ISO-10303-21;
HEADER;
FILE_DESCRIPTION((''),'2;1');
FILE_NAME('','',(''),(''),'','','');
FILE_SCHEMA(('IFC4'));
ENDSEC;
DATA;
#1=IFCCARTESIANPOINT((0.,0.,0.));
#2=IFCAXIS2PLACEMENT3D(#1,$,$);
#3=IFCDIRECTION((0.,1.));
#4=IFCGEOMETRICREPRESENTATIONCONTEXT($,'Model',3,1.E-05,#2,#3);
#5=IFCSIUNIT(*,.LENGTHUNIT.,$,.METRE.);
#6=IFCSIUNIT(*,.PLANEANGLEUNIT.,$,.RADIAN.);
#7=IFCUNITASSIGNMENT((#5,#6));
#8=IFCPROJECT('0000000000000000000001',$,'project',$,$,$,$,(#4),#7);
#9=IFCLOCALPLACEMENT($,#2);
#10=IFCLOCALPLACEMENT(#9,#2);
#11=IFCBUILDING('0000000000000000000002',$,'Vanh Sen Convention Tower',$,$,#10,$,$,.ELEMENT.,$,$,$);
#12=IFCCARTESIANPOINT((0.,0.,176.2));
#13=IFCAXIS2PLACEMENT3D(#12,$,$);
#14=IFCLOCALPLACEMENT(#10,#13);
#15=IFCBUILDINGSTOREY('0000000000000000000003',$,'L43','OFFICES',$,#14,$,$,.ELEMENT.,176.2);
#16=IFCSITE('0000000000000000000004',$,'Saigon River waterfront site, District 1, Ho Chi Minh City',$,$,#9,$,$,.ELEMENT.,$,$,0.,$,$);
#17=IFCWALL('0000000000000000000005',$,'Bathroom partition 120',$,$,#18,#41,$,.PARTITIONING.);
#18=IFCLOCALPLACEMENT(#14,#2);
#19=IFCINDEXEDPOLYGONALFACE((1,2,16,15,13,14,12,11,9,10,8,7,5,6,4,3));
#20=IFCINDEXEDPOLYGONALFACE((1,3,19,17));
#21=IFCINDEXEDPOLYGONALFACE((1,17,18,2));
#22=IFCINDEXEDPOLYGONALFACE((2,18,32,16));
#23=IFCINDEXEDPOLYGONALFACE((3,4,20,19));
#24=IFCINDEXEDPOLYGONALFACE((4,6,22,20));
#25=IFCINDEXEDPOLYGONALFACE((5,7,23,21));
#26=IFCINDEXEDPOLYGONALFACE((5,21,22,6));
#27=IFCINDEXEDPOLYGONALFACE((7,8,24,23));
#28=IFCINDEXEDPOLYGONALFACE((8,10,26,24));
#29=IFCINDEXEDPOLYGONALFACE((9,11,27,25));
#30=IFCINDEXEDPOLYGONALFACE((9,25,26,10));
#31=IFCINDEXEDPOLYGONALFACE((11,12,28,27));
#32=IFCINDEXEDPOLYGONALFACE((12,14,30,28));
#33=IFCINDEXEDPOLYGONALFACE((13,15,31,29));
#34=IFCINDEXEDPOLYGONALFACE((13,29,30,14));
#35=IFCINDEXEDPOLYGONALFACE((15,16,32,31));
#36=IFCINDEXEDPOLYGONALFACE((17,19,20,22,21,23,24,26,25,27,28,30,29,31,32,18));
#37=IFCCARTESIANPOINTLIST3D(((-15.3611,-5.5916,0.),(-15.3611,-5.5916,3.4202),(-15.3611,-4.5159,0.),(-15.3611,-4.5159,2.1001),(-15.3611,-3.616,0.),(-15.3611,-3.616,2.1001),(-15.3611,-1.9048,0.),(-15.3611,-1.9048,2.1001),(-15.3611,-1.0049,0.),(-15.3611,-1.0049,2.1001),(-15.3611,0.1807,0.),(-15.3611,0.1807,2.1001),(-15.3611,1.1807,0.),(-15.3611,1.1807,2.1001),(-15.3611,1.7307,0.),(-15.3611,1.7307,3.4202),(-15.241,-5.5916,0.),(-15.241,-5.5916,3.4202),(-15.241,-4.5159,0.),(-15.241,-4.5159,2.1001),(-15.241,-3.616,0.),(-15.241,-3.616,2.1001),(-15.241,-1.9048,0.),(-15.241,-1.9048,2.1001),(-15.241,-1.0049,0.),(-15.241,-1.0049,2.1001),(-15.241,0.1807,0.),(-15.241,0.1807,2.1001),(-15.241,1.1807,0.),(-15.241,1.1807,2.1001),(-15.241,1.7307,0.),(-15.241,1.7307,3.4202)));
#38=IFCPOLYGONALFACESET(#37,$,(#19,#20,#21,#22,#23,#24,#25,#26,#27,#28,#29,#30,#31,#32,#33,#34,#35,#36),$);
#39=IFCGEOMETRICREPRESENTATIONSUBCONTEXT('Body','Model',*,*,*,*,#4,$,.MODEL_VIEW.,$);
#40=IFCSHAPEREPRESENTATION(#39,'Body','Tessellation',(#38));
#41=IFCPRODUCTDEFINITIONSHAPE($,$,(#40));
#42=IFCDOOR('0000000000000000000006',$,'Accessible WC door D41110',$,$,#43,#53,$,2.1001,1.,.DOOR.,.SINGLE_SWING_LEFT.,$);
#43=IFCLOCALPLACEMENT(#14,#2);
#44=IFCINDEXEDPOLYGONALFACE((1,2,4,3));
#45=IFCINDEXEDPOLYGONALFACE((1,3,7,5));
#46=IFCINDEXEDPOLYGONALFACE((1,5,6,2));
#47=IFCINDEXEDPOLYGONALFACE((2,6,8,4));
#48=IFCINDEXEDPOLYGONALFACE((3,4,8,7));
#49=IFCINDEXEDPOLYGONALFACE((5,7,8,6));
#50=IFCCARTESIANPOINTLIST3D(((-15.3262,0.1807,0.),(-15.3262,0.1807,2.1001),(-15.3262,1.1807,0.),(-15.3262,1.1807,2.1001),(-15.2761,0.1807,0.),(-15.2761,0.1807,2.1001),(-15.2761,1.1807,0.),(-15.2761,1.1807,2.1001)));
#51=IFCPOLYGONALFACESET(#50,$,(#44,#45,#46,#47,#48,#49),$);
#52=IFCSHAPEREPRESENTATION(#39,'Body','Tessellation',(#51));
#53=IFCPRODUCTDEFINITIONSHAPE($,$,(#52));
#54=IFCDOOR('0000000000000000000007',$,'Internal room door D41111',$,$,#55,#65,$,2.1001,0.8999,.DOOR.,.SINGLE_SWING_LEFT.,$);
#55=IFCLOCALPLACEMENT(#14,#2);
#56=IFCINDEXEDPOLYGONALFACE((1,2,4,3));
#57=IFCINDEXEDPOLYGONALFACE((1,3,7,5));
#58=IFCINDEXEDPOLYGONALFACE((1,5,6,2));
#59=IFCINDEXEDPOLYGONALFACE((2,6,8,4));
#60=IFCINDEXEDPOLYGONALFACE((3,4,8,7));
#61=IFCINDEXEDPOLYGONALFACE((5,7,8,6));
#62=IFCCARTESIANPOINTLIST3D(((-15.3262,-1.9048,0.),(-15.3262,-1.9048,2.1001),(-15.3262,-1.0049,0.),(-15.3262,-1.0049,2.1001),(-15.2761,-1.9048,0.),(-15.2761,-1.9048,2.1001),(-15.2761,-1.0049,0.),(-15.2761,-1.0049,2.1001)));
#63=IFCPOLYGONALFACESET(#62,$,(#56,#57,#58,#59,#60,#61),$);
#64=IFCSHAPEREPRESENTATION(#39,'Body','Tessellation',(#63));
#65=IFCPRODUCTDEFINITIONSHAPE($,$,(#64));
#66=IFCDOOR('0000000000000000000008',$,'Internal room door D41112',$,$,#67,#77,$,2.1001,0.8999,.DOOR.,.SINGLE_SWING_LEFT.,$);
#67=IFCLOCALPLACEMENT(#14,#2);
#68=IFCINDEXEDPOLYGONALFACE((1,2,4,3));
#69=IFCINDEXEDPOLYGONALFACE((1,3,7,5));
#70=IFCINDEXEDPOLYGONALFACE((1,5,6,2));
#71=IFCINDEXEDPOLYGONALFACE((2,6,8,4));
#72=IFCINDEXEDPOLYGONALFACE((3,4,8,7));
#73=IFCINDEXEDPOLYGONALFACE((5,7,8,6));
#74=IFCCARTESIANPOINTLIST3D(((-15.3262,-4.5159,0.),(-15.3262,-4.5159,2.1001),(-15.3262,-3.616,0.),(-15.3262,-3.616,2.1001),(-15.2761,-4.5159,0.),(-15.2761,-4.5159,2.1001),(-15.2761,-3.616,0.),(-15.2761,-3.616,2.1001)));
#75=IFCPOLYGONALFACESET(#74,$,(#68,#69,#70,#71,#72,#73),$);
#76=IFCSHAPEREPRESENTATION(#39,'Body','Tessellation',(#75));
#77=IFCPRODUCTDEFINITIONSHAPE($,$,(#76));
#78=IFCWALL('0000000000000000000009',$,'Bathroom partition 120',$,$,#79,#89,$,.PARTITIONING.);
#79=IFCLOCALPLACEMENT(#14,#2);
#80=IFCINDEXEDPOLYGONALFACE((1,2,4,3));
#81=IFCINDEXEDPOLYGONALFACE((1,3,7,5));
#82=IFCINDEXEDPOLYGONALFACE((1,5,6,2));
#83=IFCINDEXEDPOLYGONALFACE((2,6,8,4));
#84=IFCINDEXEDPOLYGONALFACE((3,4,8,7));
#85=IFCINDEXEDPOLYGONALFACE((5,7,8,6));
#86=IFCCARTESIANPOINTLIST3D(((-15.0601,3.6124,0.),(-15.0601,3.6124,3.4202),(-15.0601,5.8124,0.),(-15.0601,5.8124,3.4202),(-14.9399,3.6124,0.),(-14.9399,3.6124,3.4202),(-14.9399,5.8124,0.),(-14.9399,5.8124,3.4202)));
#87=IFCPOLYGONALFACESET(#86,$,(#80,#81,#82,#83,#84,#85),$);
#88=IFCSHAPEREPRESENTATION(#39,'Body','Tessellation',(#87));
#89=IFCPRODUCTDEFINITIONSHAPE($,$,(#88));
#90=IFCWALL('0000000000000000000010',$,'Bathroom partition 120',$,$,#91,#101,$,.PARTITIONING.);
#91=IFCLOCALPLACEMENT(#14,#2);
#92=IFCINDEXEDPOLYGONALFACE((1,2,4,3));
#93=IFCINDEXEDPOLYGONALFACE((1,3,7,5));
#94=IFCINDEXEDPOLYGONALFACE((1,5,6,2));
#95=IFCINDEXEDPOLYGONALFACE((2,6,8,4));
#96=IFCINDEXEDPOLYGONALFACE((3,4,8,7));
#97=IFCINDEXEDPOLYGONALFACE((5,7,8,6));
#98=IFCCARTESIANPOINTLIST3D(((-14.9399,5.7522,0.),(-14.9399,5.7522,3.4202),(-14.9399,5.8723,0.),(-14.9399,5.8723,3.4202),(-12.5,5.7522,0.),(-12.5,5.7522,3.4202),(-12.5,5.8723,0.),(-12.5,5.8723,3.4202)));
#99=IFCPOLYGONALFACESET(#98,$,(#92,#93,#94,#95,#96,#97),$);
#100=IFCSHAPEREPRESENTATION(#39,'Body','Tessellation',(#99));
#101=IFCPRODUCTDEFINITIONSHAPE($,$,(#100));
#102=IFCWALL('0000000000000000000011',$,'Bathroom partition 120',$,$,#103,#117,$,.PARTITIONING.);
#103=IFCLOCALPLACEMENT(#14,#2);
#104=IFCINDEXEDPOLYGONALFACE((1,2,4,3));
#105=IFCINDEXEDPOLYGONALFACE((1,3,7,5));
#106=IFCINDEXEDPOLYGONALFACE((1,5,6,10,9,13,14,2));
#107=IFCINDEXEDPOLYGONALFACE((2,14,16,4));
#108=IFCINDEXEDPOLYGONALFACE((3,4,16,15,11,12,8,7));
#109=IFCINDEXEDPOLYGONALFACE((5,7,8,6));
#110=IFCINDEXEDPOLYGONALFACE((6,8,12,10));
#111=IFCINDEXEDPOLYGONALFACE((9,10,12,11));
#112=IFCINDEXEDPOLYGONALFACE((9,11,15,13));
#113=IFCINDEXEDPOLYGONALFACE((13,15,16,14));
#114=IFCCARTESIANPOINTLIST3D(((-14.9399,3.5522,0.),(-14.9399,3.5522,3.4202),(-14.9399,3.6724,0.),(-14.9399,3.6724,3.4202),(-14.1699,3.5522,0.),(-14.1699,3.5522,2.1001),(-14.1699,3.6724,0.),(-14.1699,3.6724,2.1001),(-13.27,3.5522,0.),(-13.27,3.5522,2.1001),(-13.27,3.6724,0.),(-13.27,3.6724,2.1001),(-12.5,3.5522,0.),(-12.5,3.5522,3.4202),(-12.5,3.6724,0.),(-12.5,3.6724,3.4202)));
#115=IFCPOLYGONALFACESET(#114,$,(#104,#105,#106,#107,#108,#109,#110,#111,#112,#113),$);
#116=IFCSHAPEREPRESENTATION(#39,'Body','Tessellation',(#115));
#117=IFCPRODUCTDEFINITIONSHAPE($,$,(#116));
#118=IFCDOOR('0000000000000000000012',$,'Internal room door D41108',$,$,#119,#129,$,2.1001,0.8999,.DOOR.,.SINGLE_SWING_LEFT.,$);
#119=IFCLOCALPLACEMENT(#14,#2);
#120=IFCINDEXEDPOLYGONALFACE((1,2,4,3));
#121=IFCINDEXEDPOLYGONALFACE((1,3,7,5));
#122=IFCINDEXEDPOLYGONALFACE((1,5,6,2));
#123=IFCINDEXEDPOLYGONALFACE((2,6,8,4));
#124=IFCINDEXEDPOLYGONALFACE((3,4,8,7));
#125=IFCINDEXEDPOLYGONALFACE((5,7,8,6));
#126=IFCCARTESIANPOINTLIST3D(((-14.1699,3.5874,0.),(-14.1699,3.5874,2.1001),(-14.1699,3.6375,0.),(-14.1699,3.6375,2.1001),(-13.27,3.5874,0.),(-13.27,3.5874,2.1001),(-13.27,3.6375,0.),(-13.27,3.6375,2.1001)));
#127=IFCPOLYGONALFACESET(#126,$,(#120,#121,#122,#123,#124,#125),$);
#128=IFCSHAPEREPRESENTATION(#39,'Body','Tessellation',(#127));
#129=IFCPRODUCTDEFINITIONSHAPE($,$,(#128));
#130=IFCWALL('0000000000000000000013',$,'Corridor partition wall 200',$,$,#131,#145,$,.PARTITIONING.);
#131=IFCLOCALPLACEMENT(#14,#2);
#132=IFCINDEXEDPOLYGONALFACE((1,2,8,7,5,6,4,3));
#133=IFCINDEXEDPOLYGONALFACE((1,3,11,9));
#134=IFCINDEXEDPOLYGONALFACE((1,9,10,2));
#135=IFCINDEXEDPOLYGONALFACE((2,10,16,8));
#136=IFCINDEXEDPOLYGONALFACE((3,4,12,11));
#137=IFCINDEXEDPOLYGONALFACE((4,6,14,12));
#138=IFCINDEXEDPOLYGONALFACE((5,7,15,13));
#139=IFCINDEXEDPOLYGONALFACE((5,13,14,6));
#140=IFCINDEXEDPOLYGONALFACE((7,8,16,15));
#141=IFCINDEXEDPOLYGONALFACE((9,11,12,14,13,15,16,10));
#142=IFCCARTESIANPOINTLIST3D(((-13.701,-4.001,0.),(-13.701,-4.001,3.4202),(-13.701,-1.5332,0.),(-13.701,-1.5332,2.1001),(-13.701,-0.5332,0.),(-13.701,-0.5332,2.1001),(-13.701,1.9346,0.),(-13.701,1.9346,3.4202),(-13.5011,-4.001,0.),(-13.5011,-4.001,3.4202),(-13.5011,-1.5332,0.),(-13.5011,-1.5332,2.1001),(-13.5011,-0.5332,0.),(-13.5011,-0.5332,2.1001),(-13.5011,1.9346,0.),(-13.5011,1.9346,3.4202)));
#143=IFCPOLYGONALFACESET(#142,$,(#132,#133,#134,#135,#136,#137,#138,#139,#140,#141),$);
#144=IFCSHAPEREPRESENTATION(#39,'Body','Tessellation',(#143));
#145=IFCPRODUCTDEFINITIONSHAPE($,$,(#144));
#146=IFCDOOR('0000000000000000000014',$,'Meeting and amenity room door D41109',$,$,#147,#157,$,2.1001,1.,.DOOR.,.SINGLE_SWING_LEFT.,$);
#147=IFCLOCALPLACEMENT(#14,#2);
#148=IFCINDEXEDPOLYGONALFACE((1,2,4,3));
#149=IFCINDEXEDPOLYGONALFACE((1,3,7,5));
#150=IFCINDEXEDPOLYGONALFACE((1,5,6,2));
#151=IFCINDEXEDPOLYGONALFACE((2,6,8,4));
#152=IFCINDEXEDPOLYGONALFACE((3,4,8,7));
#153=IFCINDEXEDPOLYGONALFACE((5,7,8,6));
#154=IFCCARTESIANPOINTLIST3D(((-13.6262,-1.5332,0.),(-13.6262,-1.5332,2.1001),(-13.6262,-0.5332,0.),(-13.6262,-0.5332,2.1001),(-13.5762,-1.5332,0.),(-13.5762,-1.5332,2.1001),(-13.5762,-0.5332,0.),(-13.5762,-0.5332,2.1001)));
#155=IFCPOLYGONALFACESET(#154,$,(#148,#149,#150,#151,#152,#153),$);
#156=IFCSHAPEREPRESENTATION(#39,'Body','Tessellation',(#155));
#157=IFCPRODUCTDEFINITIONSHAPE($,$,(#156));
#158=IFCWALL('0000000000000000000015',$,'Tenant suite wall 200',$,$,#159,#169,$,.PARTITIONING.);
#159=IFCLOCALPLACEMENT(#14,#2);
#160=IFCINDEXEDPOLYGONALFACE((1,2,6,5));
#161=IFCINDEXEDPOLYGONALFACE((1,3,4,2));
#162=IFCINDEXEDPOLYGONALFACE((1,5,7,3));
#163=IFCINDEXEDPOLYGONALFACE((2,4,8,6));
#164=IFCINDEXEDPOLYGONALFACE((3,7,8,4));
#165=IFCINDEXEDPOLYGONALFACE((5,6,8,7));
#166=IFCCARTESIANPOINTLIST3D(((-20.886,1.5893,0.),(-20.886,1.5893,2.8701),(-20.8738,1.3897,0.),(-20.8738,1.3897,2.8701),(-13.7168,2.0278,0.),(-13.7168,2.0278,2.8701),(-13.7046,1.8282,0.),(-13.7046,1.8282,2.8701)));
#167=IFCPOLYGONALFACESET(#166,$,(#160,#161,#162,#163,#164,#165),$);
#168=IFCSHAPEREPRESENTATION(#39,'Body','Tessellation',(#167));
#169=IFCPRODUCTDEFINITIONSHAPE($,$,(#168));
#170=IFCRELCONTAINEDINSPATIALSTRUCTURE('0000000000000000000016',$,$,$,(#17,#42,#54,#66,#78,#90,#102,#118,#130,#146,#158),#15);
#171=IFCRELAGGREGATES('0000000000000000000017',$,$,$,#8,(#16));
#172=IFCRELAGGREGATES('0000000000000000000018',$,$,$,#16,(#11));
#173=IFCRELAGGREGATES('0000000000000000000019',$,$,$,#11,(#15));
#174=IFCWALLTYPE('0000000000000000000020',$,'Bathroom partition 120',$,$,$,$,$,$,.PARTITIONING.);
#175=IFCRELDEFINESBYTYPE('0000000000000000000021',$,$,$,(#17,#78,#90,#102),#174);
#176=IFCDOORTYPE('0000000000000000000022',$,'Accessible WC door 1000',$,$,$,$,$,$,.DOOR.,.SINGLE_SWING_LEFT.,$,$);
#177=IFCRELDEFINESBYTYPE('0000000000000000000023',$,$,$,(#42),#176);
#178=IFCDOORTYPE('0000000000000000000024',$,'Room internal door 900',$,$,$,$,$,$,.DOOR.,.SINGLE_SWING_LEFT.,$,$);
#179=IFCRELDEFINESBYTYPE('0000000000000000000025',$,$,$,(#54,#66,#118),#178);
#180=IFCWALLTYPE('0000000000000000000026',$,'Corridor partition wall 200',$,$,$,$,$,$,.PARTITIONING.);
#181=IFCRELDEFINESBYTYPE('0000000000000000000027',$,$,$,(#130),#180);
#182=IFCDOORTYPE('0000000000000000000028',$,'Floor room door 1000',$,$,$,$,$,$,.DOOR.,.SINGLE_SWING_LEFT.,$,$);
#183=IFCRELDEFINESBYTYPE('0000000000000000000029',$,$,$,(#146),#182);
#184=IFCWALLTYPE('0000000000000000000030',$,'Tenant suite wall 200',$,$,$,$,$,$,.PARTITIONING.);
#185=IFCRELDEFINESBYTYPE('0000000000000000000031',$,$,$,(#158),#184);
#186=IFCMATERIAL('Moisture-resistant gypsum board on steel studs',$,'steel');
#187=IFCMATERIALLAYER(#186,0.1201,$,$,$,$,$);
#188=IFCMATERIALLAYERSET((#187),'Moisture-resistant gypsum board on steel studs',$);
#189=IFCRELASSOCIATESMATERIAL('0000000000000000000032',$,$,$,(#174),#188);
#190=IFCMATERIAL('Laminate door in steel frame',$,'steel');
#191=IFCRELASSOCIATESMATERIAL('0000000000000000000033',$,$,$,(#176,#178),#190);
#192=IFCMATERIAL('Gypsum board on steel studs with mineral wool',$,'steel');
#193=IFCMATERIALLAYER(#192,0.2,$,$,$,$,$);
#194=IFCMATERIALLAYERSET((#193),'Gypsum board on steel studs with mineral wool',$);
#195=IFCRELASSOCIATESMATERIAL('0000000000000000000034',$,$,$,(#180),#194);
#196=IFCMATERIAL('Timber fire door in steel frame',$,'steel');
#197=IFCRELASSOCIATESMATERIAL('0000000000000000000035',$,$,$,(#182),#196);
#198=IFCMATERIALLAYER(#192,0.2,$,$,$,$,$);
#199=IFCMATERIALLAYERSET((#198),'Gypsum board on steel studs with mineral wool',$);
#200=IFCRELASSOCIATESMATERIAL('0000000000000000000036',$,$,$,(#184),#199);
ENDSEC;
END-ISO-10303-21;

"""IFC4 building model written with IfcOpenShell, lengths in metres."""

from ifc_helpers import new_model, si_unit, direction, frame, frame_2d, origin, place, context, subcontext, project, spatial, rectangle, extrude, material, layer, layer_set, type_object, element, fill, save


model = new_model("IFC4")

# Units and contexts
model_context = context("Model", 3, precision=1e-05, world=origin(), true_north=direction((0.0, 1.0)))
body_context = subcontext(model_context, "Body", "Model", "MODEL_VIEW")
ifc_project = project(units=[si_unit("LENGTHUNIT", "METRE"), si_unit("PLANEANGLEUNIT", "RADIAN")], contexts=[model_context])

# Site, building, storey
site_placement = place(None, origin())
site = spatial("IfcSite", under=ifc_project, at=site_placement, Name="Saigon River waterfront site, District 1, Ho Chi Minh City", CompositionType="ELEMENT", RefElevation=0.0)
building_placement = place(site_placement, origin())
building = spatial("IfcBuilding", under=site, at=building_placement, Name="Vanh Sen Convention Tower", CompositionType="ELEMENT")
storey_placement = place(building_placement, frame((0.0, 0.0, 176.2)))
storey = spatial("IfcBuildingStorey", under=building, at=storey_placement, Name="L43", Description="OFFICES", CompositionType="ELEMENT", Elevation=176.2)

# Shared definitions
ifc_material_1 = material(Name="Moisture-resistant gypsum board on steel studs", Category="steel")
ifc_layer_1 = layer(ifc_material_1, 0.1201)
ifc_layer_set_1 = layer_set([ifc_layer_1], Name="Moisture-resistant gypsum board on steel studs")
wall_type_1 = type_object("IfcWallType", Name="Bathroom partition 120", PredefinedType="PARTITIONING", material=ifc_layer_set_1)

# Wall, openings, doors
wall_1_placement = place(storey_placement, frame((-15.301, 1.7307, 0.0), z_axis=(0.0, 0.0, 1.0), x_axis=(0.0, -1.0, 0.0)))
wall_1 = element("IfcWall", 1, at=wall_1_placement, inside=storey, type_object=wall_type_1, Name="Bathroom partition 120", PredefinedType="PARTITIONING", context=body_context, shape_type="SweptSolid", body=[
    extrude(rectangle(XDim=7.3223, YDim=0.1201, at=frame_2d((3.6611, 0.0))), origin(), (0.0, 0.0, 1.0), 3.4202),
])
opening_1_placement = place(wall_1_placement, frame((0.55, 0.0, 0.0)))
opening_1 = element("IfcOpeningElement", 2, at=opening_1_placement, cuts=wall_1, PredefinedType="OPENING", context=body_context, shape_type="SweptSolid", body=[
    extrude(rectangle(XDim=1.0, YDim=2.1001, at=frame_2d((0.5, 1.05))), frame((0.0, 0.0701, 0.0), z_axis=(0.0, -1.0, 0.0), x_axis=(1.0, 0.0, 0.0)), (0.0, 0.0, 1.0), 0.1401),
])
opening_2_placement = place(wall_1_placement, frame((2.7356, 0.0, 0.0)))
opening_2 = element("IfcOpeningElement", 3, at=opening_2_placement, cuts=wall_1, PredefinedType="OPENING", context=body_context, shape_type="SweptSolid", body=[
    extrude(rectangle(XDim=0.8999, YDim=2.1001, at=frame_2d((0.45, 1.05))), frame((0.0, 0.0701, 0.0), z_axis=(0.0, -1.0, 0.0), x_axis=(1.0, 0.0, 0.0)), (0.0, 0.0, 1.0), 0.1401),
])
opening_3_placement = place(wall_1_placement, frame((5.3467, 0.0, 0.0)))
opening_3 = element("IfcOpeningElement", 4, at=opening_3_placement, cuts=wall_1, PredefinedType="OPENING", context=body_context, shape_type="SweptSolid", body=[
    extrude(rectangle(XDim=0.8999, YDim=2.1001, at=frame_2d((0.45, 1.05))), frame((0.0, 0.0701, 0.0), z_axis=(0.0, -1.0, 0.0), x_axis=(1.0, 0.0, 0.0)), (0.0, 0.0, 1.0), 0.1401),
])
ifc_material_2 = material(Name="Laminate door in steel frame", Category="steel")
door_type_1 = type_object("IfcDoorType", Name="Accessible WC door 1000", OperationType="SINGLE_SWING_LEFT", PredefinedType="DOOR", material=ifc_material_2)
door_1_placement = place(opening_1_placement, origin())
door_1 = element("IfcDoor", 5, at=door_1_placement, inside=storey, type_object=door_type_1, Name="Accessible WC door D41110", OperationType="SINGLE_SWING_LEFT", OverallHeight=2.1001, OverallWidth=1.0, PredefinedType="DOOR", context=body_context, shape_type="SweptSolid", body=[
    extrude(rectangle(XDim=1.0, YDim=2.1001, at=frame_2d((0.5, 1.05))), frame((0.0, 0.0249, 0.0), z_axis=(0.0, -1.0, 0.0), x_axis=(1.0, 0.0, 0.0)), (0.0, 0.0, 1.0), 0.05),
])
fill(opening_1, door_1)
door_type_2 = type_object("IfcDoorType", Name="Room internal door 900", OperationType="SINGLE_SWING_LEFT", PredefinedType="DOOR", material=ifc_material_2)
door_2_placement = place(opening_2_placement, origin())
door_2 = element("IfcDoor", 6, at=door_2_placement, inside=storey, type_object=door_type_2, Name="Internal room door D41111", OperationType="SINGLE_SWING_LEFT", OverallHeight=2.1001, OverallWidth=0.8999, PredefinedType="DOOR", context=body_context, shape_type="SweptSolid", body=[
    extrude(rectangle(XDim=0.8999, YDim=2.1001, at=frame_2d((0.45, 1.05))), frame((0.0, 0.0249, 0.0), z_axis=(0.0, -1.0, 0.0), x_axis=(1.0, 0.0, 0.0)), (0.0, 0.0, 1.0), 0.05),
])
fill(opening_2, door_2)
door_3_placement = place(opening_3_placement, origin())
door_3 = element("IfcDoor", 7, at=door_3_placement, inside=storey, type_object=door_type_2, Name="Internal room door D41112", OperationType="SINGLE_SWING_LEFT", OverallHeight=2.1001, OverallWidth=0.8999, PredefinedType="DOOR", context=body_context, shape_type="SweptSolid", body=[
    extrude(rectangle(XDim=0.8999, YDim=2.1001, at=frame_2d((0.45, 1.05))), frame((0.0, 0.0249, 0.0), z_axis=(0.0, -1.0, 0.0), x_axis=(1.0, 0.0, 0.0)), (0.0, 0.0, 1.0), 0.05),
])
fill(opening_3, door_3)

# Walls
wall_2_placement = place(storey_placement, frame((-15.0, 3.6123, 0.0), z_axis=(0.0, 0.0, 1.0), x_axis=(0.0, 1.0, 0.0)))
element("IfcWall", 8, at=wall_2_placement, inside=storey, type_object=wall_type_1, Name="Bathroom partition 120", PredefinedType="PARTITIONING", context=body_context, shape_type="SweptSolid", body=[
    extrude(rectangle(XDim=2.2, YDim=0.1201, at=frame_2d((1.1001, 0.0))), origin(), (0.0, 0.0, 1.0), 3.4202),
])
wall_3_placement = place(storey_placement, frame((-14.9399, 5.8123, 0.0), z_axis=(0.0, 0.0, 1.0), x_axis=(1.0, 0.0, 0.0)))
element("IfcWall", 9, at=wall_3_placement, inside=storey, type_object=wall_type_1, Name="Bathroom partition 120", PredefinedType="PARTITIONING", context=body_context, shape_type="SweptSolid", body=[
    extrude(rectangle(XDim=2.4399, YDim=0.1201, at=frame_2d((1.22, 0.0))), origin(), (0.0, 0.0, 1.0), 3.4202),
])

# Walls, openings, doors
wall_4_placement = place(storey_placement, frame((-12.5, 3.6123, 0.0), z_axis=(0.0, 0.0, 1.0), x_axis=(-1.0, 0.0, 0.0)))
wall_4 = element("IfcWall", 10, at=wall_4_placement, inside=storey, type_object=wall_type_1, Name="Bathroom partition 120", PredefinedType="PARTITIONING", context=body_context, shape_type="SweptSolid", body=[
    extrude(rectangle(XDim=2.4399, YDim=0.1201, at=frame_2d((1.22, 0.0))), origin(), (0.0, 0.0, 1.0), 3.4202),
])
opening_4_placement = place(wall_4_placement, frame((0.77, 0.0, 0.0)))
opening_4 = element("IfcOpeningElement", 11, at=opening_4_placement, cuts=wall_4, PredefinedType="OPENING", context=body_context, shape_type="SweptSolid", body=[
    extrude(rectangle(XDim=0.8999, YDim=2.1001, at=frame_2d((0.45, 1.05))), frame((0.0, 0.0701, 0.0), z_axis=(0.0, -1.0, 0.0), x_axis=(1.0, 0.0, 0.0)), (0.0, 0.0, 1.0), 0.1401),
])
door_4_placement = place(opening_4_placement, origin())
door_4 = element("IfcDoor", 12, at=door_4_placement, inside=storey, type_object=door_type_2, Name="Internal room door D41108", OperationType="SINGLE_SWING_LEFT", OverallHeight=2.1001, OverallWidth=0.8999, PredefinedType="DOOR", context=body_context, shape_type="SweptSolid", body=[
    extrude(rectangle(XDim=0.8999, YDim=2.1001, at=frame_2d((0.45, 1.05))), frame((0.0, 0.0249, 0.0), z_axis=(0.0, -1.0, 0.0), x_axis=(1.0, 0.0, 0.0)), (0.0, 0.0, 1.0), 0.05),
])
fill(opening_4, door_4)
ifc_material_3 = material(Name="Gypsum board on steel studs with mineral wool", Category="steel")
ifc_layer_2 = layer(ifc_material_3, 0.2)
ifc_layer_set_2 = layer_set([ifc_layer_2], Name="Gypsum board on steel studs with mineral wool")
wall_type_2 = type_object("IfcWallType", Name="Corridor partition wall 200", PredefinedType="PARTITIONING", material=ifc_layer_set_2)
wall_5_placement = place(storey_placement, frame((-13.6011, 1.9346, 0.0), z_axis=(0.0, 0.0, 1.0), x_axis=(0.0, -1.0, 0.0)))
wall_5 = element("IfcWall", 13, at=wall_5_placement, inside=storey, type_object=wall_type_2, Name="Corridor partition wall 200", PredefinedType="PARTITIONING", context=body_context, shape_type="SweptSolid", body=[
    extrude(rectangle(XDim=5.9355, YDim=0.2, at=frame_2d((2.9678, 0.0))), origin(), (0.0, 0.0, 1.0), 3.4202),
])
opening_5_placement = place(wall_5_placement, frame((2.4678, 0.0, 0.0)))
opening_5 = element("IfcOpeningElement", 14, at=opening_5_placement, cuts=wall_5, PredefinedType="OPENING", context=body_context, shape_type="SweptSolid", body=[
    extrude(rectangle(XDim=1.0, YDim=2.1001, at=frame_2d((0.5, 1.05))), frame((0.0, 0.1099, 0.0), z_axis=(0.0, -1.0, 0.0), x_axis=(1.0, 0.0, 0.0)), (0.0, 0.0, 1.0), 0.22),
])
ifc_material_4 = material(Name="Timber fire door in steel frame", Category="steel")
door_type_3 = type_object("IfcDoorType", Name="Floor room door 1000", OperationType="SINGLE_SWING_LEFT", PredefinedType="DOOR", material=ifc_material_4)
door_5_placement = place(opening_5_placement, origin())
door_5 = element("IfcDoor", 15, at=door_5_placement, inside=storey, type_object=door_type_3, Name="Meeting and amenity room door D41109", OperationType="SINGLE_SWING_LEFT", OverallHeight=2.1001, OverallWidth=1.0, PredefinedType="DOOR", context=body_context, shape_type="SweptSolid", body=[
    extrude(rectangle(XDim=1.0, YDim=2.1001, at=frame_2d((0.5, 1.05))), frame((0.0, 0.0249, 0.0), z_axis=(0.0, -1.0, 0.0), x_axis=(1.0, 0.0, 0.0)), (0.0, 0.0, 1.0), 0.05),
])
fill(opening_5, door_5)

# Wall
ifc_layer_3 = layer(ifc_material_3, 0.2)
ifc_layer_set_3 = layer_set([ifc_layer_3], Name="Gypsum board on steel studs with mineral wool")
wall_type_3 = type_object("IfcWallType", Name="Tenant suite wall 200", PredefinedType="PARTITIONING", material=ifc_layer_set_3)
wall_6_placement = place(storey_placement, frame((-20.8799, 1.4895, 0.0), z_axis=(0.0, 0.0, 1.0), x_axis=(0.998135, 0.061047, 0.0)))
element("IfcWall", 16, at=wall_6_placement, inside=storey, type_object=wall_type_3, Name="Tenant suite wall 200", PredefinedType="PARTITIONING", context=body_context, shape_type="SweptSolid", body=[
    extrude(rectangle(XDim=7.1826, YDim=0.2, at=frame_2d((3.5913, 0.0))), origin(), (0.0, 0.0, 1.0), 2.8701),
])

save(model, "model.ifc")
